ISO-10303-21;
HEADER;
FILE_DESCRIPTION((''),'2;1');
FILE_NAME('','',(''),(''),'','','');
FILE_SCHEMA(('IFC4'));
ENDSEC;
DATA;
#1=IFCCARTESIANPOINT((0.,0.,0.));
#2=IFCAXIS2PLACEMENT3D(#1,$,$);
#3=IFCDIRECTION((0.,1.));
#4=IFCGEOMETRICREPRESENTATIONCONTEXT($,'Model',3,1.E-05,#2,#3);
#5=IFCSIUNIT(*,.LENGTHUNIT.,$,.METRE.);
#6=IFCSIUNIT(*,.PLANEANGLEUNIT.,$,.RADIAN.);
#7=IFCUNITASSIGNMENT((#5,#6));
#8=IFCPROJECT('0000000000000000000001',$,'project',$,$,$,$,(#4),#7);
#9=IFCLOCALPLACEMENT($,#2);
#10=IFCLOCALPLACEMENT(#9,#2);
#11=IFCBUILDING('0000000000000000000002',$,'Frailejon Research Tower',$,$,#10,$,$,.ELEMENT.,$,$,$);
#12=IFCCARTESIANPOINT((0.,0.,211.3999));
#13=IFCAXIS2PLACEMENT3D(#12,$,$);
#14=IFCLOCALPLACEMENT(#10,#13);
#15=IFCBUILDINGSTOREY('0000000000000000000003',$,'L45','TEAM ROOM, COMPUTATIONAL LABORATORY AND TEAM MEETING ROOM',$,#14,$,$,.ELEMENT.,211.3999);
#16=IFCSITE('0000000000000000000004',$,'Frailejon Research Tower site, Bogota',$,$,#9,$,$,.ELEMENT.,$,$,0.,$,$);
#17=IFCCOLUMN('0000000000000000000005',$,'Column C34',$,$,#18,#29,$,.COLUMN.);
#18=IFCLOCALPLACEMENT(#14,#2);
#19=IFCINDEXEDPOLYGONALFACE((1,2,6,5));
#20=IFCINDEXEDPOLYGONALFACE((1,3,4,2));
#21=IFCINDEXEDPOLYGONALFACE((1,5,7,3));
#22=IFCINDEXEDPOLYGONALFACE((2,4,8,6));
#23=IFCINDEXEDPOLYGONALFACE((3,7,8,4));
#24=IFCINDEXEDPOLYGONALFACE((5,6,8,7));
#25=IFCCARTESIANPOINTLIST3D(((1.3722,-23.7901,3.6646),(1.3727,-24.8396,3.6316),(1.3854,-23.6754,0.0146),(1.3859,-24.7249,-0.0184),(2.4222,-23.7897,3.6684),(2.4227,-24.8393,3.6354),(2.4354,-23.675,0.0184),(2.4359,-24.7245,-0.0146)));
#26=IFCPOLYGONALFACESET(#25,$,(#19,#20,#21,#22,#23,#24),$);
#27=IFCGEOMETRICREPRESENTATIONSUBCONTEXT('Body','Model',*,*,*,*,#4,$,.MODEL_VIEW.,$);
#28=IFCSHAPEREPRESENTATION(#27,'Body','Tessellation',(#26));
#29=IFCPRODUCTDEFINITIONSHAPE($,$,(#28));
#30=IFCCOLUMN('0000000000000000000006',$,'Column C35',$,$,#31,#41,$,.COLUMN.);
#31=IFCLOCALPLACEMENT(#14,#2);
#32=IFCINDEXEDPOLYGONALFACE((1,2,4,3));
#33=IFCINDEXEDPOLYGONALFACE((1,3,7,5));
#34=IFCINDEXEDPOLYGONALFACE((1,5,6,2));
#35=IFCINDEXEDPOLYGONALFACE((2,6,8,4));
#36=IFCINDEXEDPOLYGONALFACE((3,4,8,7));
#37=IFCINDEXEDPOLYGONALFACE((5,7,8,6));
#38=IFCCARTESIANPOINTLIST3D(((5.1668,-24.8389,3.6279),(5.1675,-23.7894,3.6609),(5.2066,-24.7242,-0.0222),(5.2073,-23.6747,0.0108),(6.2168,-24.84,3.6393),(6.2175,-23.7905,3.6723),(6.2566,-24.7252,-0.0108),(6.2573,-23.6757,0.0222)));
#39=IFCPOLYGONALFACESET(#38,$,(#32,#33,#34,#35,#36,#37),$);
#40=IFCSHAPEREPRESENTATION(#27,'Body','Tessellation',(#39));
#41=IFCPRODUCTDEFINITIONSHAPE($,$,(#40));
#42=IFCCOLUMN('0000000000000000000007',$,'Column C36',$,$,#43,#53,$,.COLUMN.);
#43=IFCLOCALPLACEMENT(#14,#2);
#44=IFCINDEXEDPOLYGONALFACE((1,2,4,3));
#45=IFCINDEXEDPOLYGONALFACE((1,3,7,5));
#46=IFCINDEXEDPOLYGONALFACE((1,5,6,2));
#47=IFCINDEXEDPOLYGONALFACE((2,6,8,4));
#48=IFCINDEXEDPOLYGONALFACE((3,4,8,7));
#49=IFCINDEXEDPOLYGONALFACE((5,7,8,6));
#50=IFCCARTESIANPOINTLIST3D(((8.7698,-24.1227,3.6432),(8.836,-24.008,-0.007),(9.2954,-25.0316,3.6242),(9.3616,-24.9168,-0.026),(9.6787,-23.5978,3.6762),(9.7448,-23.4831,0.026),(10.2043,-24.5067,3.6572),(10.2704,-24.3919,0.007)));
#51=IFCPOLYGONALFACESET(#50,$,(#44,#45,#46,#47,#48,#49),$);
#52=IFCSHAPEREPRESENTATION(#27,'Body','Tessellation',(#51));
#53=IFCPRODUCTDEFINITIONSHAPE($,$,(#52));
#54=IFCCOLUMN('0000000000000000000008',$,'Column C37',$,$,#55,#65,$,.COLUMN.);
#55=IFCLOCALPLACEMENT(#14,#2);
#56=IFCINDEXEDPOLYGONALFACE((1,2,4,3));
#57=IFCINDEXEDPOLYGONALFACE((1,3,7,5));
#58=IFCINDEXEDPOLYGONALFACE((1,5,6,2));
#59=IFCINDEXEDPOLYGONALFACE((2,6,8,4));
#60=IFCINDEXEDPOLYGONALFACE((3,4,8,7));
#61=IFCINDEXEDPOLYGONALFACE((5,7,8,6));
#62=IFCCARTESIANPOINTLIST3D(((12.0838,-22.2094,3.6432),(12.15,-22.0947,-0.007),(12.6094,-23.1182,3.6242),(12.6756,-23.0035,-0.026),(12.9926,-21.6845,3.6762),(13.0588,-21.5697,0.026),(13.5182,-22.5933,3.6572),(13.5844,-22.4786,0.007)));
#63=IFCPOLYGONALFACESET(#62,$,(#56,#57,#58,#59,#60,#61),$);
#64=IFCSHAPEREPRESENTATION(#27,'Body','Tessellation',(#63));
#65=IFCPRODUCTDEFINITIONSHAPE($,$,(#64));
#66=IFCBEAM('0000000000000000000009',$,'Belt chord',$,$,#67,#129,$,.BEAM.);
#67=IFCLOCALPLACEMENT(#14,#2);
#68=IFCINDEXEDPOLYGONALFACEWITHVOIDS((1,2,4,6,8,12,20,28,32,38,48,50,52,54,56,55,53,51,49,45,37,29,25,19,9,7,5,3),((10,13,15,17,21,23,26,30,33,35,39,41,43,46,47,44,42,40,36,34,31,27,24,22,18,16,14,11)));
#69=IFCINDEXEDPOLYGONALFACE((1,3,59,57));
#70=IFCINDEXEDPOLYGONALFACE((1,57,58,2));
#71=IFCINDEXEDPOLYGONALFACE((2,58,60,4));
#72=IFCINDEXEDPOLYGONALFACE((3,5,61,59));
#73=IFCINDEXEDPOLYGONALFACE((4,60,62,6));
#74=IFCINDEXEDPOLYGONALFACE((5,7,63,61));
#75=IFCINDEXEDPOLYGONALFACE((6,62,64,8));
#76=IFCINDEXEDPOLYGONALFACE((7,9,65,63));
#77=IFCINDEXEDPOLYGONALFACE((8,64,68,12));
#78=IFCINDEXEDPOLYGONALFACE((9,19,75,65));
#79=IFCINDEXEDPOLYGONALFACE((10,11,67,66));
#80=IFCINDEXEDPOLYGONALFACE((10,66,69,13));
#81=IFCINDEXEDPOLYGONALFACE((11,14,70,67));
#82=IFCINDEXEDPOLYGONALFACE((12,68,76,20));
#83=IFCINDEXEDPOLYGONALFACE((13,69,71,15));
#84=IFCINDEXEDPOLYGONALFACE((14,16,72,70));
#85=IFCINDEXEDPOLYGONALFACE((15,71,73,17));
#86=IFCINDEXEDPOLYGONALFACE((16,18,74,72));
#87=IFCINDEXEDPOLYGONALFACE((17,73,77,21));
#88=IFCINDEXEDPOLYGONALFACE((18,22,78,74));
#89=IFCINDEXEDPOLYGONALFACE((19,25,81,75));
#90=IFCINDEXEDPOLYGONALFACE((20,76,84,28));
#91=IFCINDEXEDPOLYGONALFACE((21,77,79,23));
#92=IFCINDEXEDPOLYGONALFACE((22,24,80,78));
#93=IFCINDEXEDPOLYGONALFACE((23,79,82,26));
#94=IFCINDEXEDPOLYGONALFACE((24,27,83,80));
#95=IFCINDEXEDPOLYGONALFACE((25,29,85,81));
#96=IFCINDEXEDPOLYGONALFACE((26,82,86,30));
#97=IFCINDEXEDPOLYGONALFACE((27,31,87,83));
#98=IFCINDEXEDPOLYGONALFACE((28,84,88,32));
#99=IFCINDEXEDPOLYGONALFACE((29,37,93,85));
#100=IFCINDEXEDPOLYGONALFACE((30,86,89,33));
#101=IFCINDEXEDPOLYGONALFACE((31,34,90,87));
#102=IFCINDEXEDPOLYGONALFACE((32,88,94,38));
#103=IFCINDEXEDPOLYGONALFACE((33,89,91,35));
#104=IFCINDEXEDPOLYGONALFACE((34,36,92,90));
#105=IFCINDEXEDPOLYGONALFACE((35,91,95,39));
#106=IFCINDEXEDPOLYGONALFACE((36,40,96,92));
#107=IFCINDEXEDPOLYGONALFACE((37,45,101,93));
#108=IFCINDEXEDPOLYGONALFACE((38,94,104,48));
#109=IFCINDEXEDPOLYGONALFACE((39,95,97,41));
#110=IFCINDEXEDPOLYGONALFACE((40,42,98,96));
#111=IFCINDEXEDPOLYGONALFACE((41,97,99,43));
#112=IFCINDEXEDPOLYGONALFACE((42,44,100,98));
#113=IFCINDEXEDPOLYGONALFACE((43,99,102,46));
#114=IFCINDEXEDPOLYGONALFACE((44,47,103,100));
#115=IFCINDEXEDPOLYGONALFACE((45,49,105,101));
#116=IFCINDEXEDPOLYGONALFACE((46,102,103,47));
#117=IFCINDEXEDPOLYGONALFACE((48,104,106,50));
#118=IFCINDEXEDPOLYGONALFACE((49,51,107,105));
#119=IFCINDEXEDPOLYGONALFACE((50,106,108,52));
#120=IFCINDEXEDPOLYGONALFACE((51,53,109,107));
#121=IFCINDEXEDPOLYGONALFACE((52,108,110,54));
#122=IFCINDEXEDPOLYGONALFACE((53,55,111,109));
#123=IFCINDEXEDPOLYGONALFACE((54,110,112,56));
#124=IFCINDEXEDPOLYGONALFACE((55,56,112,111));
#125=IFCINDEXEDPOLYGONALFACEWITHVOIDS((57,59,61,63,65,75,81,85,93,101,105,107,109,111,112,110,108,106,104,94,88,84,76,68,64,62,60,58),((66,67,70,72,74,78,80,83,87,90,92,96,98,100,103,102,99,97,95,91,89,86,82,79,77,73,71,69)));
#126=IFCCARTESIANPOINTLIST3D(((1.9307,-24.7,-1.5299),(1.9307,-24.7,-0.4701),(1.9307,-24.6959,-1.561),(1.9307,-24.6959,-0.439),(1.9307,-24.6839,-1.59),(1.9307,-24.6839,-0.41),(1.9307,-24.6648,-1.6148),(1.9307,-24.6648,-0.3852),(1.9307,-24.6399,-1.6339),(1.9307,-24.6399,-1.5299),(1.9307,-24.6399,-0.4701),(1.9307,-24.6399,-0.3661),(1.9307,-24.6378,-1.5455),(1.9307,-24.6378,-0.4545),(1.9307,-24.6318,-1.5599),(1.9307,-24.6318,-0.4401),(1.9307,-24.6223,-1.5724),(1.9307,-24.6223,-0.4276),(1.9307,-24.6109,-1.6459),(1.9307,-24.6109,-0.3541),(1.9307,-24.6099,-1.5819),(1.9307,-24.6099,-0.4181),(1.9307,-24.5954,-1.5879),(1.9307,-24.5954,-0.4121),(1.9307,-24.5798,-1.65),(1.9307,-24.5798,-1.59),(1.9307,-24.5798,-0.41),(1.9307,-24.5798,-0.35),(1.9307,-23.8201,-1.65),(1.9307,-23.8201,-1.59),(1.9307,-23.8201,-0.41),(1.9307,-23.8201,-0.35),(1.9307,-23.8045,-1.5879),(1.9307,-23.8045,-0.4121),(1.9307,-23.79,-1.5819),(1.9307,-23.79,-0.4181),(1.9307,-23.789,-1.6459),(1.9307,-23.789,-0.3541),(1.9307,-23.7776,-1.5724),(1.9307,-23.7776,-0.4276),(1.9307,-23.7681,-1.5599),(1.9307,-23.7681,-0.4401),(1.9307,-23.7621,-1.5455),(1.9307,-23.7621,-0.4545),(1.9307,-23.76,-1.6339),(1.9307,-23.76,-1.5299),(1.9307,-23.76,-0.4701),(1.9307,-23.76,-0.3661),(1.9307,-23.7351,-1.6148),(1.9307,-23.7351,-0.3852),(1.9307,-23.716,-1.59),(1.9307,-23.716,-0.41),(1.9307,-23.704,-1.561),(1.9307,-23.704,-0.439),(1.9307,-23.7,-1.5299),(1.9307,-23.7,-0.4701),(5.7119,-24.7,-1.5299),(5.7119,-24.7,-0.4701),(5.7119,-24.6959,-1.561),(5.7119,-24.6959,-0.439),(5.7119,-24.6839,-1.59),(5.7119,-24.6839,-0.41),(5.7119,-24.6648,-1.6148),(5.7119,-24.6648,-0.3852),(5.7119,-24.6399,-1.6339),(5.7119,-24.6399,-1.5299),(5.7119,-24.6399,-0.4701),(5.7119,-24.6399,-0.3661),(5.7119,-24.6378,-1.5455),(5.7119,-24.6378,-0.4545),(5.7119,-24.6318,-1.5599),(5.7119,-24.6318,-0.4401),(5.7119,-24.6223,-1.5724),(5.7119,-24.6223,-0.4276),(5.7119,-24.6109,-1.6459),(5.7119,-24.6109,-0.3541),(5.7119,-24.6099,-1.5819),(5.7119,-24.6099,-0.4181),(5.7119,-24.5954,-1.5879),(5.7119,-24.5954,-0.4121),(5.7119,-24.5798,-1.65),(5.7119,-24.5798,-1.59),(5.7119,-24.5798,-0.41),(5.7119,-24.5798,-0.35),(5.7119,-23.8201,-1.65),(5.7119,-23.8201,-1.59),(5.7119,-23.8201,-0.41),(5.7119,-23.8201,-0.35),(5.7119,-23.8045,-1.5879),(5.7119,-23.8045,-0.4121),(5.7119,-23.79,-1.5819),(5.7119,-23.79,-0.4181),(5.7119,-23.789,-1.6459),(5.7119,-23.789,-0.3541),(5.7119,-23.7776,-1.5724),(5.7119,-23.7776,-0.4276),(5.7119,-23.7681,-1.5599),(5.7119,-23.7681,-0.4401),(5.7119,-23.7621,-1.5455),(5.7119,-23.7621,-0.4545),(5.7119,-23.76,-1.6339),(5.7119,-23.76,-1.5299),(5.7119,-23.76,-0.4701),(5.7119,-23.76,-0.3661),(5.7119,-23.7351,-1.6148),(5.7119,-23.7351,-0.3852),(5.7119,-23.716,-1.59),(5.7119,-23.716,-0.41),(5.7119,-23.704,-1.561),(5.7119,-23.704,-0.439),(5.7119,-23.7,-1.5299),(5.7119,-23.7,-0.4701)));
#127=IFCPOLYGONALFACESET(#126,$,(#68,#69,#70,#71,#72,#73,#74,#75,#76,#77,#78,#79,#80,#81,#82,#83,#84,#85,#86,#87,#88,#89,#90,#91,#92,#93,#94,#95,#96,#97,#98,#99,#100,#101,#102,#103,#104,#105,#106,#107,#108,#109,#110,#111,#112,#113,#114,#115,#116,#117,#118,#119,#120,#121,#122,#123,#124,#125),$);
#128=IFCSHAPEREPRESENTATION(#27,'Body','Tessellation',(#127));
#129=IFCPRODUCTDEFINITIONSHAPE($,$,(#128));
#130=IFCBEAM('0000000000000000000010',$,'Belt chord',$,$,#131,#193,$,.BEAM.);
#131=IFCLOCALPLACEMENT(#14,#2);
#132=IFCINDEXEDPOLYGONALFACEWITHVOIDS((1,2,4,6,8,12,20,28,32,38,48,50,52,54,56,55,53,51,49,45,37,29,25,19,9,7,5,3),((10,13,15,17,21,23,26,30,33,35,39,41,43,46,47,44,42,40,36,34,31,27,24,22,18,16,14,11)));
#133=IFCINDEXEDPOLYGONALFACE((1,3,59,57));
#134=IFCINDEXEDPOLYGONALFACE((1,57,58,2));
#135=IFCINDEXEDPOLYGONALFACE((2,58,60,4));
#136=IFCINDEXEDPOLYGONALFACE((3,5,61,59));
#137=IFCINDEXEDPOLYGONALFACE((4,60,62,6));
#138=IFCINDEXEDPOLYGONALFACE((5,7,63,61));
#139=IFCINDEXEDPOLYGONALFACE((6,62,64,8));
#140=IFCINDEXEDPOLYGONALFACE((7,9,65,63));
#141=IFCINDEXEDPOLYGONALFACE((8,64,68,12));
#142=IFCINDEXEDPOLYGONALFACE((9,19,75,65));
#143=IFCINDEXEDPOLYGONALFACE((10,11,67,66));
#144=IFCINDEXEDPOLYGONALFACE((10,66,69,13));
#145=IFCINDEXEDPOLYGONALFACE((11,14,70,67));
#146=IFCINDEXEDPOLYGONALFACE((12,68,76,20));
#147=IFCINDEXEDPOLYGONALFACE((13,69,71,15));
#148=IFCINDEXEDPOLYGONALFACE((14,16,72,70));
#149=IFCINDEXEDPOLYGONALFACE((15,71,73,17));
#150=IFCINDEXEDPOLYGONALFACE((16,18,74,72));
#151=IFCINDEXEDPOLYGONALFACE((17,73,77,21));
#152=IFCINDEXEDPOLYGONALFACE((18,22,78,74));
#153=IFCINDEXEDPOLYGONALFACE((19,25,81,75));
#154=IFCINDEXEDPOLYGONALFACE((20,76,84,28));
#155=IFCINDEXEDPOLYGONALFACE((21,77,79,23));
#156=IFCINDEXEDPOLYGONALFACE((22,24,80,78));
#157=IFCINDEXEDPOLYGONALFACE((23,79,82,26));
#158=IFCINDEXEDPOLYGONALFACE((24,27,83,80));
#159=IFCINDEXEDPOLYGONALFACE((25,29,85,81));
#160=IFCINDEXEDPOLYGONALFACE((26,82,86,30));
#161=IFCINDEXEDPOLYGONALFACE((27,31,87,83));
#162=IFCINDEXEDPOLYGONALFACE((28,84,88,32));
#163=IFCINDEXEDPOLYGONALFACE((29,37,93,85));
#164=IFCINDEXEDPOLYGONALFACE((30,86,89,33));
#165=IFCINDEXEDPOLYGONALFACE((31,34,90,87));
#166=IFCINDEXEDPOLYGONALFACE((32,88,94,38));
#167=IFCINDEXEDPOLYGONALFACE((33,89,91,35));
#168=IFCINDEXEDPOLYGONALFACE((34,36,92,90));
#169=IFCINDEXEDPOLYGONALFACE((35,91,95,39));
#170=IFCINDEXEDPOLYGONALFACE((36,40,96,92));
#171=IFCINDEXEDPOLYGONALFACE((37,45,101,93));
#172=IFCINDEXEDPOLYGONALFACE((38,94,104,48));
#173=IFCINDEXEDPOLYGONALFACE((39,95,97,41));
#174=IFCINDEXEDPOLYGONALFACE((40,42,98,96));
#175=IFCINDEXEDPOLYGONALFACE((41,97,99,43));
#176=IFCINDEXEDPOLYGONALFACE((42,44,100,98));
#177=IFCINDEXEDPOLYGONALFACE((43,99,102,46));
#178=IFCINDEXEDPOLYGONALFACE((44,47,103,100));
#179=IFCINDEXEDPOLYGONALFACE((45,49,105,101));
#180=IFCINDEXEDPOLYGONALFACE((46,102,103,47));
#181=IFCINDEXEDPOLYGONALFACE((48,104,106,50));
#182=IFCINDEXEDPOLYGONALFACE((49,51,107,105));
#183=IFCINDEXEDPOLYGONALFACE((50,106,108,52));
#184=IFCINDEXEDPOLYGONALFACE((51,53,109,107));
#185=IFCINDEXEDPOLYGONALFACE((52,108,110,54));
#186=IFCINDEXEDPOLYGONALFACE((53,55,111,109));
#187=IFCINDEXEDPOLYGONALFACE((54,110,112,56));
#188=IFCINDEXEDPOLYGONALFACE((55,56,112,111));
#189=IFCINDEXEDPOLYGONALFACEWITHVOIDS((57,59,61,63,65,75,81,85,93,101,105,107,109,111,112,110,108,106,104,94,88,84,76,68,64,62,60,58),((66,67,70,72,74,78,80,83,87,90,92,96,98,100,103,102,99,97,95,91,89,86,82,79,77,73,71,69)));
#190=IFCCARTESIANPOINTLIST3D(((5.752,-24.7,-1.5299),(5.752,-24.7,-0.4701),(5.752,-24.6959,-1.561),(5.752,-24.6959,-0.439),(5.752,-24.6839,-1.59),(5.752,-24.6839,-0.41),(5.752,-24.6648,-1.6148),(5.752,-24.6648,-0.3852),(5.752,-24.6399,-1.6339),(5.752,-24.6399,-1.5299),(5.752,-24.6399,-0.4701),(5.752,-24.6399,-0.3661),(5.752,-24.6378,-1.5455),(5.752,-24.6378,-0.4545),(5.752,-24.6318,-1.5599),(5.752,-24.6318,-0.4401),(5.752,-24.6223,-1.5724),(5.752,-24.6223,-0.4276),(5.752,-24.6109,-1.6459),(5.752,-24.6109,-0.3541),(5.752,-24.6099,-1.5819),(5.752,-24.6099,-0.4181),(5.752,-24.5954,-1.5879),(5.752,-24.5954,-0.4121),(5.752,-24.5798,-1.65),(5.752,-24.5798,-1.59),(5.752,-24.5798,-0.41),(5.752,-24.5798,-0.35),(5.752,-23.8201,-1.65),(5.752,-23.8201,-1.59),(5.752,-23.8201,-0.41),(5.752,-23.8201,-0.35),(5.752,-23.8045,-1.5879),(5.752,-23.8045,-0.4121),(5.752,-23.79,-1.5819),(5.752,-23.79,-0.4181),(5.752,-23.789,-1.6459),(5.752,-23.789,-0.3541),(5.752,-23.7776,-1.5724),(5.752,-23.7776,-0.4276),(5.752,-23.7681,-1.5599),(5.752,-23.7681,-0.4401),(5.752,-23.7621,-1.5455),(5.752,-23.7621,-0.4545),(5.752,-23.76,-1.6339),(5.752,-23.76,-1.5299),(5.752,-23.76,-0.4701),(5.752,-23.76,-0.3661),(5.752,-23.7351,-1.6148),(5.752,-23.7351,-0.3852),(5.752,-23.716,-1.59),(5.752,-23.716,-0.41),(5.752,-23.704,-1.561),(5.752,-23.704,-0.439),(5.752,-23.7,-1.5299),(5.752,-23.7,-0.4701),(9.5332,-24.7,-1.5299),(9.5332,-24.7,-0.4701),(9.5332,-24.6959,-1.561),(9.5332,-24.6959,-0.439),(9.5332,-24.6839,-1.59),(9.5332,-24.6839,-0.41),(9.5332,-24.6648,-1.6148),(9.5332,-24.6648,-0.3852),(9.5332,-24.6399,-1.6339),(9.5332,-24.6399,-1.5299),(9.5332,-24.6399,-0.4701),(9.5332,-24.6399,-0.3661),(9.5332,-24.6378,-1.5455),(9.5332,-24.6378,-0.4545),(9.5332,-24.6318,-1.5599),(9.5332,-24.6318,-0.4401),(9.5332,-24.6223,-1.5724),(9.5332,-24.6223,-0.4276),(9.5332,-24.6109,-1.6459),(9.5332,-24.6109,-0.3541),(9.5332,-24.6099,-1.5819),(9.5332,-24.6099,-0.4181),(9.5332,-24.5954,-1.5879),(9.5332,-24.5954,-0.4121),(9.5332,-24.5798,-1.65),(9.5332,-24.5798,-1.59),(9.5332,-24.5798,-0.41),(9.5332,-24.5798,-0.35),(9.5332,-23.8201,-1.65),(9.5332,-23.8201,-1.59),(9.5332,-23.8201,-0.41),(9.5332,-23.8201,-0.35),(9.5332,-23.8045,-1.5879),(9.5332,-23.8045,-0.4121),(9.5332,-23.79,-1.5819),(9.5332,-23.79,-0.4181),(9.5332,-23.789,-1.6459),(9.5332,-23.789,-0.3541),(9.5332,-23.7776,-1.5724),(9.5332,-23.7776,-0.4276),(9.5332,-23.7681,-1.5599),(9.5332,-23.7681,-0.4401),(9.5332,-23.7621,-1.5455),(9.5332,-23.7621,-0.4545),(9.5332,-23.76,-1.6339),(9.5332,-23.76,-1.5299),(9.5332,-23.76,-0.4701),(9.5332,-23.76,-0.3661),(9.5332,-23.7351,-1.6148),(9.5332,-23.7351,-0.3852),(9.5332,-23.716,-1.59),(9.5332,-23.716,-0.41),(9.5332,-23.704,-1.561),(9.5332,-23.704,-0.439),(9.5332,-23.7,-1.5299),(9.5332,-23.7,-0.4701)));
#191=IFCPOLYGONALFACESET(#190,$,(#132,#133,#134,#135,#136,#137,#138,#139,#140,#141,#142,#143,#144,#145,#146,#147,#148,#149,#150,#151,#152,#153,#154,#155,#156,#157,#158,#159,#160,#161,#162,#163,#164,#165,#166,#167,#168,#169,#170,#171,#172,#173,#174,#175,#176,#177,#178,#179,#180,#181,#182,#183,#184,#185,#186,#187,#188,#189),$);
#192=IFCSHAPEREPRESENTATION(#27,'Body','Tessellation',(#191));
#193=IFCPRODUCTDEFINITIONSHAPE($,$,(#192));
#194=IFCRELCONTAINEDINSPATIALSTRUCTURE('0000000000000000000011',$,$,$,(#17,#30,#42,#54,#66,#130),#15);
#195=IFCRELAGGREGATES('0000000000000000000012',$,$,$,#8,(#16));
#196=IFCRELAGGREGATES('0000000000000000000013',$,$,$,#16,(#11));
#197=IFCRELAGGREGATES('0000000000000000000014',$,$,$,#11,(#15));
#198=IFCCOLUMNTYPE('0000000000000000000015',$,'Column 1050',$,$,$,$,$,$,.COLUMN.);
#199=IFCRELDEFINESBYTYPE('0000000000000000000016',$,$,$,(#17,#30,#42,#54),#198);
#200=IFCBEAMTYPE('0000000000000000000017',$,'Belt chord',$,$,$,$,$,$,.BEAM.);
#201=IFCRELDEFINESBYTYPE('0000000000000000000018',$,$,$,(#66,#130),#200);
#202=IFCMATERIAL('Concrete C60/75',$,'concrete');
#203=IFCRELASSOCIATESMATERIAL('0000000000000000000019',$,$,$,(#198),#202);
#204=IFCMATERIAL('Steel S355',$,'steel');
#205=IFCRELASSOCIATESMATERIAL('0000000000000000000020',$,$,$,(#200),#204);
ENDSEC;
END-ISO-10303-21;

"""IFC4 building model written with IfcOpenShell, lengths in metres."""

from ifc_helpers import new_model, si_unit, direction, frame, origin, origin_2d, place, context, subcontext, project, spatial, rectangle, hollow_rectangle, extrude, material, material_profile, profile_set, type_object, element, save


model = new_model("IFC4")

# Units and contexts
model_context = context("Model", 3, precision=1e-05, world=origin(), true_north=direction((0.0, 1.0)))
body_context = subcontext(model_context, "Body", "Model", "MODEL_VIEW")
ifc_project = project(units=[si_unit("LENGTHUNIT", "METRE"), si_unit("PLANEANGLEUNIT", "RADIAN")], contexts=[model_context])

# Site, building, storey
site_placement = place(None, origin())
site = spatial("IfcSite", under=ifc_project, at=site_placement, Name="Frailejon Research Tower site, Bogota", CompositionType="ELEMENT", RefElevation=0.0)
building_placement = place(site_placement, origin())
building = spatial("IfcBuilding", under=site, at=building_placement, Name="Frailejon Research Tower", CompositionType="ELEMENT")
storey_placement = place(building_placement, frame((0.0, 0.0, 211.3999)))
storey = spatial("IfcBuildingStorey", under=building, at=storey_placement, Name="L45", Description="TEAM ROOM, COMPUTATIONAL LABORATORY AND TEAM MEETING ROOM", CompositionType="ELEMENT", Elevation=211.3999)

# Columns
ifc_material_1 = material(Name="Concrete C60/75", Category="concrete")
ifc_material_profile_1 = material_profile(ifc_material_1, rectangle(XDim=1.05, YDim=1.05, at=origin_2d()), Name="Column 1050")
ifc_profile_set_1 = profile_set([ifc_material_profile_1], Name="Concrete C60/75")
column_type = type_object("IfcColumnType", Name="Column 1050", PredefinedType="COLUMN", material=ifc_profile_set_1)
column_1_placement = place(storey_placement, frame((1.9106, -24.2, 0.0), z_axis=(-0.00361, -0.03142, 0.9995), x_axis=(0.999993, 0.000341, 0.003623)))
element("IfcColumn", 1, at=column_1_placement, inside=storey, type_object=column_type, Name="Column C34", PredefinedType="COLUMN", context=body_context, shape_type="SweptSolid", body=[
    extrude(rectangle(XDim=1.05, YDim=1.05, at=origin_2d()), origin(), (0.0, 0.0, 1.0), 3.6519),
])
column_2_placement = place(storey_placement, frame((5.7319, -24.2, 0.0), z_axis=(-0.010896, -0.031419, 0.999447), x_axis=(0.99994, -0.001008, 0.01087)))
element("IfcColumn", 2, at=column_2_placement, inside=storey, type_object=column_type, Name="Column C35", PredefinedType="COLUMN", context=body_context, shape_type="SweptSolid", body=[
    extrude(rectangle(XDim=1.05, YDim=1.05, at=origin_2d()), origin(), (0.0, 0.0, 1.0), 3.6521),
])
for number, where, z_axis, x_axis, name in (
    (3, (9.5532, -24.2, 0.0), (-0.018114, -0.031415, 0.999342), (0.86552, 0.499889, 0.031403), "Column C36"),
    (4, (12.8672, -22.2866, 0.0), (-0.018114, -0.031415, 0.999342), (0.86552, 0.499889, 0.031403), "Column C37"),
):
    element("IfcColumn", number, at=place(storey_placement, frame(where, z_axis=z_axis, x_axis=x_axis)), inside=storey, type_object=column_type, Name=name, PredefinedType="COLUMN", context=body_context, shape_type="SweptSolid", body=[
        extrude(rectangle(XDim=1.05, YDim=1.05, at=origin_2d()), origin(), (0.0, 0.0, 1.0), 3.6526),
    ])

# Beams
ifc_material_2 = material(Name="Steel S355", Category="steel")
ifc_material_profile_2 = material_profile(ifc_material_2, hollow_rectangle(XDim=1.0, YDim=1.3, WallThickness=0.0601, InnerFilletRadius=0.0601, OuterFilletRadius=0.1201, at=origin_2d()), Name="Belt chord")
ifc_profile_set_2 = profile_set([ifc_material_profile_2], Name="Steel S355")
beam_type_1 = type_object("IfcBeamType", Name="Belt chord", PredefinedType="BEAM", material=ifc_profile_set_2)
for number, where, z_axis, x_axis, name in (
    (5, (1.9307, -24.2, -1.0), (1.0, 0.0, 0.0), (0.0, 1.0, 0.0), "Belt chord"),
    (6, (5.752, -24.2, -1.0), (1.0, 0.0, 0.0), (0.0, 1.0, 0.0), "Belt chord"),
):
    element("IfcBeam", number, at=place(storey_placement, frame(where, z_axis=z_axis, x_axis=x_axis)), inside=storey, type_object=beam_type_1, Name=name, PredefinedType="BEAM", context=body_context, shape_type="SweptSolid", body=[
        extrude(hollow_rectangle(XDim=1.0, YDim=1.3, WallThickness=0.0601, InnerFilletRadius=0.0601, OuterFilletRadius=0.1201, at=origin_2d()), origin(), (0.0, 0.0, 1.0), 3.7812),
    ])

save(model, "model.ifc")
